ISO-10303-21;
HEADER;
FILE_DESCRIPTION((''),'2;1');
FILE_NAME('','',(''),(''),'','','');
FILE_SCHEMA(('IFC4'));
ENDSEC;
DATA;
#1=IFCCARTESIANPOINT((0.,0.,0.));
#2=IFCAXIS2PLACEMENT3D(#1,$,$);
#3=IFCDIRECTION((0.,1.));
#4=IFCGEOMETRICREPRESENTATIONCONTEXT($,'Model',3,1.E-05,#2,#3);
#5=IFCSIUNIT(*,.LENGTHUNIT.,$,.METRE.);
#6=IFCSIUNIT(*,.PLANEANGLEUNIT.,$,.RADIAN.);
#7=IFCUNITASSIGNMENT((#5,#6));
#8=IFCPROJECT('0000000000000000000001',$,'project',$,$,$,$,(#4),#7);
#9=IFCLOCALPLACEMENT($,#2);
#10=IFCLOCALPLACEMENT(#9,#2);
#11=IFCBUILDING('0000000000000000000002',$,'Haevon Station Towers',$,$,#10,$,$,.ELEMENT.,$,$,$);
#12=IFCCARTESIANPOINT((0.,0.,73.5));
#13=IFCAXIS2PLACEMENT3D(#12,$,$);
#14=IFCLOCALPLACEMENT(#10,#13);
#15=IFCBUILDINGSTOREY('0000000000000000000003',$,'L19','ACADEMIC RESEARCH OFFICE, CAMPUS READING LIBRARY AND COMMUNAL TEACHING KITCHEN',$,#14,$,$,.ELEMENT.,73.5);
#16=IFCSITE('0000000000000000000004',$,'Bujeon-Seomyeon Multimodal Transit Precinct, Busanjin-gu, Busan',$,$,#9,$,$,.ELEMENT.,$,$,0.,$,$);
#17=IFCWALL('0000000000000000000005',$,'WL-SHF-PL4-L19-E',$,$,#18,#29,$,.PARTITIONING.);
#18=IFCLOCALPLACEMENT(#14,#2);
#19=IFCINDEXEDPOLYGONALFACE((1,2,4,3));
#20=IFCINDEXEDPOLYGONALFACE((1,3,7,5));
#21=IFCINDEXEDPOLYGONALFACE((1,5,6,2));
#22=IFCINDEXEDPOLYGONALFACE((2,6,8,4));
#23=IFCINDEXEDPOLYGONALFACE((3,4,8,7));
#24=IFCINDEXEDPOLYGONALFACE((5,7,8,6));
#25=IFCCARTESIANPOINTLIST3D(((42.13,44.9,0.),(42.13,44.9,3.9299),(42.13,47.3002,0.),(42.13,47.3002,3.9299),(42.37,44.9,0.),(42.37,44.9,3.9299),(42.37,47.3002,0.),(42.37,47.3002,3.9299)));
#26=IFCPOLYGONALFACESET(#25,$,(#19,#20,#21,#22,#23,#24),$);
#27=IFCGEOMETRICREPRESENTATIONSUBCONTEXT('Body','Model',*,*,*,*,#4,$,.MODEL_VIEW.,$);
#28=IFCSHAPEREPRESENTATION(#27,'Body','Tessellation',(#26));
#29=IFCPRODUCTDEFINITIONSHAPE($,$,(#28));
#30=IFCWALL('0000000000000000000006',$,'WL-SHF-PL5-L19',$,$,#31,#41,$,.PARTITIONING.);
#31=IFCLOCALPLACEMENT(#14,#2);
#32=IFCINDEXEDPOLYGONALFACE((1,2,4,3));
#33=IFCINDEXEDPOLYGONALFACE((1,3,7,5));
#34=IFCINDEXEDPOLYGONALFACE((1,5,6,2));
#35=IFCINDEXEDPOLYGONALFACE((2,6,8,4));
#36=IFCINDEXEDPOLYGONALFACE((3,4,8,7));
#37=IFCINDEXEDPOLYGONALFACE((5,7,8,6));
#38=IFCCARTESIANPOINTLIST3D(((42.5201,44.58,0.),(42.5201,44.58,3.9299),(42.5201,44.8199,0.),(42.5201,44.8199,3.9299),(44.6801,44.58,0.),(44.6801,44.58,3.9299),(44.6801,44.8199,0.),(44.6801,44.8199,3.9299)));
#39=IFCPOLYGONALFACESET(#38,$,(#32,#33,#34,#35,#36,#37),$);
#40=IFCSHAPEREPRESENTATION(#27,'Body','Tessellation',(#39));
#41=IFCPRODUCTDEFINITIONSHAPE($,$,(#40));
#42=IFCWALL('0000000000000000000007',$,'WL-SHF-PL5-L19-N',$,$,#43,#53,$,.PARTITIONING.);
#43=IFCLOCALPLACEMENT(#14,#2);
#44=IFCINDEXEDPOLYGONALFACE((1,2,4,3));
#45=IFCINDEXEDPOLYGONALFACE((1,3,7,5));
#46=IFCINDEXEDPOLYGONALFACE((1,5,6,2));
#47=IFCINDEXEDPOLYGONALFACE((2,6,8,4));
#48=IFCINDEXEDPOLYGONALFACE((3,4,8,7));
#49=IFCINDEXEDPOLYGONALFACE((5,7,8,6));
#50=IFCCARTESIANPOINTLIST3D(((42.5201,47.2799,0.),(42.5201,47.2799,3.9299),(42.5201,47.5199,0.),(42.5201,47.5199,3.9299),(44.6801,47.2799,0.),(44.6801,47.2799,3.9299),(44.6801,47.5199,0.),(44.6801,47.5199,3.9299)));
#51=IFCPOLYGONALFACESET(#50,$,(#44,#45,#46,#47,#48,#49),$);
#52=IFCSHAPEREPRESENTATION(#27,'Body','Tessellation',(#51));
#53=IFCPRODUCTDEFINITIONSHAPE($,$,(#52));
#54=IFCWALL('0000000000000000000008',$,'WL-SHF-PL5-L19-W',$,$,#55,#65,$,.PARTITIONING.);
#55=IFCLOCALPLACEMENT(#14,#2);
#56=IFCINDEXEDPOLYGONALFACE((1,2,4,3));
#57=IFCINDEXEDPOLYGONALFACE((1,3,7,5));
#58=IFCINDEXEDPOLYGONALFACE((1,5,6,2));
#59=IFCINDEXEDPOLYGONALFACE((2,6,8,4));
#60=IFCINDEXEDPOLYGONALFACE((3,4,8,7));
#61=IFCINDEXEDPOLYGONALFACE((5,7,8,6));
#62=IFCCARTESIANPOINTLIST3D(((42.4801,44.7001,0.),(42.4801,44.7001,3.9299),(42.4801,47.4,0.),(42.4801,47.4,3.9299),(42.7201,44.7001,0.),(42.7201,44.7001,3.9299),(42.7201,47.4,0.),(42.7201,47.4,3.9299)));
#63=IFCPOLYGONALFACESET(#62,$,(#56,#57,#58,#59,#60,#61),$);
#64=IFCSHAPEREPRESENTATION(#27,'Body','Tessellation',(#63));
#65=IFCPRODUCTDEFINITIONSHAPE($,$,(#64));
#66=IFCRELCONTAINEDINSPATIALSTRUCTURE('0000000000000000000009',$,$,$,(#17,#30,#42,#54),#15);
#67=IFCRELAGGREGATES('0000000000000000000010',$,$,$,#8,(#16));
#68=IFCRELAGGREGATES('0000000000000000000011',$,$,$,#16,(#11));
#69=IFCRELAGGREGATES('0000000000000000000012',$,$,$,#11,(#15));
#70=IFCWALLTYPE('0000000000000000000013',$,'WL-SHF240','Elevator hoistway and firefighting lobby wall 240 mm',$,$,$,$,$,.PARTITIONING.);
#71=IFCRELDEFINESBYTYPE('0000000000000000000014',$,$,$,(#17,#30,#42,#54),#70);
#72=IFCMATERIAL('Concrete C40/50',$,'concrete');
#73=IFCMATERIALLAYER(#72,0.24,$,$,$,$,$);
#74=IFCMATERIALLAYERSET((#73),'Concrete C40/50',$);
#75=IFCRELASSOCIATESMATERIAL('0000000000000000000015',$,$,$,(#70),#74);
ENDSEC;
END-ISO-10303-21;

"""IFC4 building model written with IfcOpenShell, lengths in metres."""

from ifc_helpers import new_model, si_unit, direction, frame, frame_2d, origin, place, context, subcontext, project, spatial, rectangle, extrude, material, layer, layer_set, type_object, element, save


model = new_model("IFC4")

# Units and contexts
model_context = context("Model", 3, precision=1e-05, world=origin(), true_north=direction((0.0, 1.0)))
body_context = subcontext(model_context, "Body", "Model", "MODEL_VIEW")
ifc_project = project(units=[si_unit("LENGTHUNIT", "METRE"), si_unit("PLANEANGLEUNIT", "RADIAN")], contexts=[model_context])

# Site, building, storey
site_placement = place(None, origin())
site = spatial("IfcSite", under=ifc_project, at=site_placement, Name="Bujeon-Seomyeon Multimodal Transit Precinct, Busanjin-gu, Busan", CompositionType="ELEMENT", RefElevation=0.0)
building_placement = place(site_placement, origin())
building = spatial("IfcBuilding", under=site, at=building_placement, Name="Haevon Station Towers", CompositionType="ELEMENT")
storey_placement = place(building_placement, frame((0.0, 0.0, 73.5)))
storey = spatial("IfcBuildingStorey", under=building, at=storey_placement, Name="L19", Description="ACADEMIC RESEARCH OFFICE, CAMPUS READING LIBRARY AND COMMUNAL TEACHING KITCHEN", CompositionType="ELEMENT", Elevation=73.5)

# Shared definitions
ifc_material_1 = material(Name="Concrete C40/50", Category="concrete")
ifc_layer_1 = layer(ifc_material_1, 0.24)
ifc_layer_set_1 = layer_set([ifc_layer_1], Name="Concrete C40/50")
wall_type_1 = type_object("IfcWallType", Name="WL-SHF240", Description="Elevator hoistway and firefighting lobby wall 240 mm", PredefinedType="PARTITIONING", material=ifc_layer_set_1)

# Walls
wall_1_placement = place(storey_placement, frame((42.25, 44.8999, 0.0), z_axis=(0.0, 0.0, 1.0), x_axis=(0.0, 1.0, 0.0)))
element("IfcWall", 1, at=wall_1_placement, inside=storey, type_object=wall_type_1, Name="WL-SHF-PL4-L19-E", PredefinedType="PARTITIONING", context=body_context, shape_type="SweptSolid", body=[
    extrude(rectangle(XDim=2.4001, YDim=0.24, at=frame_2d((1.2002, 0.0))), origin(), (0.0, 0.0, 1.0), 3.9299),
])
for number, where, z_axis, x_axis, name in (
    (2, (42.52, 44.7, 0.0), (0.0, 0.0, 1.0), (1.0, 0.0, 0.0), "WL-SHF-PL5-L19"),
    (3, (42.52, 47.3999, 0.0), (0.0, 0.0, 1.0), (1.0, 0.0, 0.0), "WL-SHF-PL5-L19-N"),
):
    element("IfcWall", number, at=place(storey_placement, frame(where, z_axis=z_axis, x_axis=x_axis)), inside=storey, type_object=wall_type_1, Name=name, PredefinedType="PARTITIONING", context=body_context, shape_type="SweptSolid", body=[
        extrude(rectangle(XDim=2.1599, YDim=0.24, at=frame_2d((1.0801, 0.0))), origin(), (0.0, 0.0, 1.0), 3.9299),
    ])
wall_2_placement = place(storey_placement, frame((42.6001, 44.7, 0.0), z_axis=(0.0, 0.0, 1.0), x_axis=(0.0, 1.0, 0.0)))
element("IfcWall", 4, at=wall_2_placement, inside=storey, type_object=wall_type_1, Name="WL-SHF-PL5-L19-W", PredefinedType="PARTITIONING", context=body_context, shape_type="SweptSolid", body=[
    extrude(rectangle(XDim=2.7, YDim=0.24, at=frame_2d((1.3501, 0.0))), origin(), (0.0, 0.0, 1.0), 3.9299),
])

save(model, "model.ifc")
